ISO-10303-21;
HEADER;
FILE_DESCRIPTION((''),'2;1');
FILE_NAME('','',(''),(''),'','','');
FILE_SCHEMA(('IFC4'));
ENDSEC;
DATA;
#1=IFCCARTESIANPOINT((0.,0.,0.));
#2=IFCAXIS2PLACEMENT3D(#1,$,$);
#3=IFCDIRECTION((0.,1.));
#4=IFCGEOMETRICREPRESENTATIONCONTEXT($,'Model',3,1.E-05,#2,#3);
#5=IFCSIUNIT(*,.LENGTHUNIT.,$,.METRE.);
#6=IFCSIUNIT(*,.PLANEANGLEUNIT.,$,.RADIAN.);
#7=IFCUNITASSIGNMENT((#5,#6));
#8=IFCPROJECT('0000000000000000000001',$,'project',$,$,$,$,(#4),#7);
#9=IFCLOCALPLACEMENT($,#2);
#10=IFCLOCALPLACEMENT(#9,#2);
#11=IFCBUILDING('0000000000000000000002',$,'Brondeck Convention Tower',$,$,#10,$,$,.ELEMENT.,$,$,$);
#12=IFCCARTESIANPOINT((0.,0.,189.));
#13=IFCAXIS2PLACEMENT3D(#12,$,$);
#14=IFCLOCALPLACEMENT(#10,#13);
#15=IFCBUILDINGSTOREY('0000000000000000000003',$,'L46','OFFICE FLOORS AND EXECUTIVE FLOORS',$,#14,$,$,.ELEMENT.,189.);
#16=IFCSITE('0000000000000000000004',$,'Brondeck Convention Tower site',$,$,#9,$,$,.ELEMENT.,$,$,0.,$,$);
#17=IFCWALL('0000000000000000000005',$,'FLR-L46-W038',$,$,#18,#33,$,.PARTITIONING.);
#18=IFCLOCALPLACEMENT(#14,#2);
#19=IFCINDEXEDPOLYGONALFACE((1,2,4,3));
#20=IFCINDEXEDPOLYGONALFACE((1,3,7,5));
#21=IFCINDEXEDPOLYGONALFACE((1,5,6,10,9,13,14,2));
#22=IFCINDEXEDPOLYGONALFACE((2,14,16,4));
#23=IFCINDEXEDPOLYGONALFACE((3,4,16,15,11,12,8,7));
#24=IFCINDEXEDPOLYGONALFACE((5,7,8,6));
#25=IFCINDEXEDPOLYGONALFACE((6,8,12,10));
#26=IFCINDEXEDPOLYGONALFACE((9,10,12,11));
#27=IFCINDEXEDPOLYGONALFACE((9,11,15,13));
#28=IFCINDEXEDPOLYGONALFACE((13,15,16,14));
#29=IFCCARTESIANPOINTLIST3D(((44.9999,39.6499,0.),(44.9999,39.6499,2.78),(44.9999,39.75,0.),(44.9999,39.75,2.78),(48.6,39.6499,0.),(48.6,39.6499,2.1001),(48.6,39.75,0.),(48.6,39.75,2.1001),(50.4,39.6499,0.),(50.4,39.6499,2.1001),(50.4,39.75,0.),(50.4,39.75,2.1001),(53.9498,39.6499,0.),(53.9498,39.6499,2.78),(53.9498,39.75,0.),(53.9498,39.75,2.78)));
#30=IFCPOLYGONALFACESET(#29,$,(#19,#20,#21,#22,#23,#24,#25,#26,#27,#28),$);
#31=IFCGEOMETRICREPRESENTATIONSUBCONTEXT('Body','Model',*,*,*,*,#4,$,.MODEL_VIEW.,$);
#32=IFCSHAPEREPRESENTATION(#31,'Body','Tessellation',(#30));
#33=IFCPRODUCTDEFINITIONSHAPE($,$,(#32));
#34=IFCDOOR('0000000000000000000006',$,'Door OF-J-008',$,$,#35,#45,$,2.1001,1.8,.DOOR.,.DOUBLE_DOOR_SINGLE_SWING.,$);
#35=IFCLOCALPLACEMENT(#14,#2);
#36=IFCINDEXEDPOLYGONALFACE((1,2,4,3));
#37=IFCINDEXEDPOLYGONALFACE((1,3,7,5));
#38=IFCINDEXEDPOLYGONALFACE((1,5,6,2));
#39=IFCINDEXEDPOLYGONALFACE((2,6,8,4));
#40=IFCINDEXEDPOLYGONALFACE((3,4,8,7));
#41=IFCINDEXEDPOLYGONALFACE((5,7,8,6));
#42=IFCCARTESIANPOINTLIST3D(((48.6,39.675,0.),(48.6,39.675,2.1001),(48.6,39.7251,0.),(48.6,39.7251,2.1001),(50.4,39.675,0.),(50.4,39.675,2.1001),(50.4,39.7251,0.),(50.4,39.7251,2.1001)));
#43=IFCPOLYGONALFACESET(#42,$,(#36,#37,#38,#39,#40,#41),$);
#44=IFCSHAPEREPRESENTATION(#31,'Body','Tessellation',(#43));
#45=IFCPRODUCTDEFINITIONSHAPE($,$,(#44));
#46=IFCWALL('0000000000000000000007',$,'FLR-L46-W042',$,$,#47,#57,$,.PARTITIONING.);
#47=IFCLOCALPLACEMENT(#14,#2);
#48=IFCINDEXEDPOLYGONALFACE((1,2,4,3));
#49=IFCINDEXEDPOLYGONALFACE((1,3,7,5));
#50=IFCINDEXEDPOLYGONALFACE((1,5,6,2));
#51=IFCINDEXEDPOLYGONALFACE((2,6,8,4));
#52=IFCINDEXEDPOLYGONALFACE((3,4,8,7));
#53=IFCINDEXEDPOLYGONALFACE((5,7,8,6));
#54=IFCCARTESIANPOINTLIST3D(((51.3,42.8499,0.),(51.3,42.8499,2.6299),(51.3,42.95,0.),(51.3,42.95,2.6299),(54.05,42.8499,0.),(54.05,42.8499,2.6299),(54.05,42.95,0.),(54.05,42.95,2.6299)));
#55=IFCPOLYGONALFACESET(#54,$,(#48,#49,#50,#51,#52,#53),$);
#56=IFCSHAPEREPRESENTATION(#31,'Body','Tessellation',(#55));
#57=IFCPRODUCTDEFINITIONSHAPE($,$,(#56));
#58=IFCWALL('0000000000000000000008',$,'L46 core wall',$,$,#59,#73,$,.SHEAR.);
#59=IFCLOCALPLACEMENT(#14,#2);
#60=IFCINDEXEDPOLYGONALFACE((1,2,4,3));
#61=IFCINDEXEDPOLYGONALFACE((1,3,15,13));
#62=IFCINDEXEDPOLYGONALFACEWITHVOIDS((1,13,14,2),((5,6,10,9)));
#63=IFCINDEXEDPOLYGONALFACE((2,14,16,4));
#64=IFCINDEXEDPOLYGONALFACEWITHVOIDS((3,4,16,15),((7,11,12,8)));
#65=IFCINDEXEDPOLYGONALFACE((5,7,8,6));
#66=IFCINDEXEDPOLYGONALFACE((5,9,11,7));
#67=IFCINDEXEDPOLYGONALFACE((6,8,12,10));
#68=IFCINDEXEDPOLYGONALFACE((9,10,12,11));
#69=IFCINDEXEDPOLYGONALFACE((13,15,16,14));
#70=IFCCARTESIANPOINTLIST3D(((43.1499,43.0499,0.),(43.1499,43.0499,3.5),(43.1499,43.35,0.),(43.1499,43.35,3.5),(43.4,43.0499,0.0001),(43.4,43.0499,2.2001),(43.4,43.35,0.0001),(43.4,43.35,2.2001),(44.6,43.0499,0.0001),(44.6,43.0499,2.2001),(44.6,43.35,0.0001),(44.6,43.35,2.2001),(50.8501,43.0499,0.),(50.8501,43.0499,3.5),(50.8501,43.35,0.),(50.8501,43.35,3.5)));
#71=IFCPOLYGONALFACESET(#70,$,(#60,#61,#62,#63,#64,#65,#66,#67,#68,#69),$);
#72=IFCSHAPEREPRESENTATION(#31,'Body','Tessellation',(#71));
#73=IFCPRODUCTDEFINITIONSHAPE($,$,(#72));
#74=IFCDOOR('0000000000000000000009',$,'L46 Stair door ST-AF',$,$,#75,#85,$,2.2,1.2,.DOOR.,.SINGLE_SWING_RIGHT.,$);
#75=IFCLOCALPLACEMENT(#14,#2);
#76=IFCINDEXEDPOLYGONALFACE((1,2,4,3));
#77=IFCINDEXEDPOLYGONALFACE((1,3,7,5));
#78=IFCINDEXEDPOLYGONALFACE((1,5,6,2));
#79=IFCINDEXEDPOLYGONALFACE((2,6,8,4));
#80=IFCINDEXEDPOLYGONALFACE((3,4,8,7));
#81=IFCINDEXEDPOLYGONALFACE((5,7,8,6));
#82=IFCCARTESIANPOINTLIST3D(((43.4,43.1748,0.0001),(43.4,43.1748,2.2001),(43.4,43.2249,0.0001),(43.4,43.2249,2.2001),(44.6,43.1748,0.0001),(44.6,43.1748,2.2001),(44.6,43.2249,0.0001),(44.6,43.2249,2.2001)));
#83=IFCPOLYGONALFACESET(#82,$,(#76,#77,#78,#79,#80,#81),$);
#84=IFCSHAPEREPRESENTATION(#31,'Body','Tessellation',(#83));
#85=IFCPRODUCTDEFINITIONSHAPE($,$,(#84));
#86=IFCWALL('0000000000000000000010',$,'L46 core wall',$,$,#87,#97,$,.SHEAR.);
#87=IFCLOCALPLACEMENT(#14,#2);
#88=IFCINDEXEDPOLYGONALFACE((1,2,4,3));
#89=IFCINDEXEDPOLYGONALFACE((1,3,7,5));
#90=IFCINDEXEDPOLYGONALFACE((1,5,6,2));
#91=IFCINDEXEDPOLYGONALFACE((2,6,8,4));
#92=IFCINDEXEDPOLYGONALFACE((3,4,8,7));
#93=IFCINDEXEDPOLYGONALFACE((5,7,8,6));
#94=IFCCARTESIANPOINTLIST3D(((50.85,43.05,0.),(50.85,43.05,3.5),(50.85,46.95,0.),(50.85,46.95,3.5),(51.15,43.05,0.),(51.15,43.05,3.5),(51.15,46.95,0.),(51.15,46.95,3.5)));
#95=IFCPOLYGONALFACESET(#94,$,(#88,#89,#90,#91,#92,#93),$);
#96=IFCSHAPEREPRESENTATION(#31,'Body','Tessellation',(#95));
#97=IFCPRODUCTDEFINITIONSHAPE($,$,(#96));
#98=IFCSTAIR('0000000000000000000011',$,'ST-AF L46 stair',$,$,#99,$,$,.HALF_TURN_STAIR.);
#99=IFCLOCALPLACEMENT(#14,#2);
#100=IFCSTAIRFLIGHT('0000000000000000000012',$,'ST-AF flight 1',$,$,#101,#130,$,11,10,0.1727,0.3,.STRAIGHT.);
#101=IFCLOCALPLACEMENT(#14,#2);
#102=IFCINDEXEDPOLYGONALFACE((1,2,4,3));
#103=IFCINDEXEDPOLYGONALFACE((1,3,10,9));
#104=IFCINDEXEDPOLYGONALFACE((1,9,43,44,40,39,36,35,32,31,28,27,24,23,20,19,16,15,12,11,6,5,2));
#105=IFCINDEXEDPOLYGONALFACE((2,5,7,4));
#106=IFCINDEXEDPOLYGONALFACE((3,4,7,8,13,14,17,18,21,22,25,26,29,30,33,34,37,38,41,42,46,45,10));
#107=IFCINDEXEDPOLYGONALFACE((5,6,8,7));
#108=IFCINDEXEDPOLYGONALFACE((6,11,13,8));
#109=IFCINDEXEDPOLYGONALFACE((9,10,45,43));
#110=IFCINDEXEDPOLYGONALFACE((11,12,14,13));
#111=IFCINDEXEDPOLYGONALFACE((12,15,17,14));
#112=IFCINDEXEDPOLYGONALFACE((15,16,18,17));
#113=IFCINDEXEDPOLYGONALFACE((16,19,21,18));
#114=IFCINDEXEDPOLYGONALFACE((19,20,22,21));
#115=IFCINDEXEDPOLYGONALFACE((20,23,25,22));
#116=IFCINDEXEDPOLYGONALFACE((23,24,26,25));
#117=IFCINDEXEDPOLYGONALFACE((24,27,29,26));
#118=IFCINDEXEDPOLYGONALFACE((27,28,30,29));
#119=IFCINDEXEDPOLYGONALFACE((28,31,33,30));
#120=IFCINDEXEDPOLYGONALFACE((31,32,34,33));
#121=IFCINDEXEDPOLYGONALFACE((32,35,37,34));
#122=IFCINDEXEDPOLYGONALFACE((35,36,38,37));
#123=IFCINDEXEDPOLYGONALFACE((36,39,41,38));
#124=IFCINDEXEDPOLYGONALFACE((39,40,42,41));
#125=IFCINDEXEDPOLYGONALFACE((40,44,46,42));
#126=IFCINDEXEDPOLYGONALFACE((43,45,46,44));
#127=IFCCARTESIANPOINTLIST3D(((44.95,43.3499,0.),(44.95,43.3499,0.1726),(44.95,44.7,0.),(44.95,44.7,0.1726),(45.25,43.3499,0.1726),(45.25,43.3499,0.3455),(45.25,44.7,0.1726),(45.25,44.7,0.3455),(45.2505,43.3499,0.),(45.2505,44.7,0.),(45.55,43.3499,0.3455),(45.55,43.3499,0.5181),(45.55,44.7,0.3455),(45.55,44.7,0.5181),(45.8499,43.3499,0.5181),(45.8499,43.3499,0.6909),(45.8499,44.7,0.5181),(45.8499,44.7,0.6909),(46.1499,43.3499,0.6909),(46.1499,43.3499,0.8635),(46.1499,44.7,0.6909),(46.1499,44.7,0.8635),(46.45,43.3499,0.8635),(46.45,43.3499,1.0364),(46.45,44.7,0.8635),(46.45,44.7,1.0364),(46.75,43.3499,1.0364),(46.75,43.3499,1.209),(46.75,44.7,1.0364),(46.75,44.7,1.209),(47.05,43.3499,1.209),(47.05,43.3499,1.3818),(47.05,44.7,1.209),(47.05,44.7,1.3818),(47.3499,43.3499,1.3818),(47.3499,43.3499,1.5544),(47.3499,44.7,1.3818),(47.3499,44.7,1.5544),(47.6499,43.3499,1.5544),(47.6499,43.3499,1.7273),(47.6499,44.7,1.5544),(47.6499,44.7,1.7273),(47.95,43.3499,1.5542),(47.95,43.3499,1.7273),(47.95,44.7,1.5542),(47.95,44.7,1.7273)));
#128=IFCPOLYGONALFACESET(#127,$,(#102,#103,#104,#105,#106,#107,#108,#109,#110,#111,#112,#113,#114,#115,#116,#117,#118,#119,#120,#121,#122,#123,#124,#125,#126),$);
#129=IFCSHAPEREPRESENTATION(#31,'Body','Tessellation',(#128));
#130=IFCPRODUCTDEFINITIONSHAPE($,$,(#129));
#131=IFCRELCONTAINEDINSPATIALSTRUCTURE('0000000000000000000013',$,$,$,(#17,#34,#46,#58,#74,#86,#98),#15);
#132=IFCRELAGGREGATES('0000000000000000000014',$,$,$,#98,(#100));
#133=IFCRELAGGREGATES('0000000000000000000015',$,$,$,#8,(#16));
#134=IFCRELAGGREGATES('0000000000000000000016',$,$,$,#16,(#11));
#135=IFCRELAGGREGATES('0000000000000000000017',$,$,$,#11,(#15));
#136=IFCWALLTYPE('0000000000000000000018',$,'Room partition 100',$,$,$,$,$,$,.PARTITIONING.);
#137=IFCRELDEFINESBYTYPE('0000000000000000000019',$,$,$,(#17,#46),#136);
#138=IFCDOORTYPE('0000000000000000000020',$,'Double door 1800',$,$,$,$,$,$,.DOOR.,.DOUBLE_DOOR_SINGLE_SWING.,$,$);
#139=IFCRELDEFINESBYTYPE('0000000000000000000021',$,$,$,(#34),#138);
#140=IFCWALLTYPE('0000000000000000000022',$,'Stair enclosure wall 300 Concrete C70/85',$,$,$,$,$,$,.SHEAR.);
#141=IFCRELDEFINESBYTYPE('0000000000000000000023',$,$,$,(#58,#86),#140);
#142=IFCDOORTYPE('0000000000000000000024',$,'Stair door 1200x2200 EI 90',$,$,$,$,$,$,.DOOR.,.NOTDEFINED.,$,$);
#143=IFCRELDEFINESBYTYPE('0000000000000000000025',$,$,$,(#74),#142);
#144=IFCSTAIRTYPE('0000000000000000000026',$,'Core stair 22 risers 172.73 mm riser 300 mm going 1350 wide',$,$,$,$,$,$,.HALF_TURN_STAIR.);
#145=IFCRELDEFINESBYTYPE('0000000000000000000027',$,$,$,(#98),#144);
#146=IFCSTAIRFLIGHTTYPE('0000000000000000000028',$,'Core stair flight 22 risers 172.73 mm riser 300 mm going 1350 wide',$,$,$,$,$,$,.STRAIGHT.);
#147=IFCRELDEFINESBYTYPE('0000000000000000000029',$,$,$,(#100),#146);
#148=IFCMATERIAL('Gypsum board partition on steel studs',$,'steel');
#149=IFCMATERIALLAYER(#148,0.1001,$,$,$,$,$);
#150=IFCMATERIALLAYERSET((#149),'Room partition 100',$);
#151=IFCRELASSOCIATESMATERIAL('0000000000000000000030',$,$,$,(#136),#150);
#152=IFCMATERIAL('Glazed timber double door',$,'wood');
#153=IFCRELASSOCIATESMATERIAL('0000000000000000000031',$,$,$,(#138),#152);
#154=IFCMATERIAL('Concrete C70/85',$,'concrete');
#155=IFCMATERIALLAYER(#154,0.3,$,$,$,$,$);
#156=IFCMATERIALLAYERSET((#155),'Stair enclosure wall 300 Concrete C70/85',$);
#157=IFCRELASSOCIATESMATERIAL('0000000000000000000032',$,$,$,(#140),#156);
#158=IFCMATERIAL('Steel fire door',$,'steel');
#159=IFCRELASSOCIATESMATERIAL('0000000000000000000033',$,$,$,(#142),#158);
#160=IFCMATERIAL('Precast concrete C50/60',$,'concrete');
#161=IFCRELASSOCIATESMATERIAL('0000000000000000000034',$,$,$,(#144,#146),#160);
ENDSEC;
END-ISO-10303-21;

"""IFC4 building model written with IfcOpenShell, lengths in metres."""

from ifc_helpers import new_model, si_unit, direction, frame, frame_2d, origin, place, context, subcontext, project, spatial, polyline, rectangle, outline, extrude, material, layer, layer_set, type_object, element, fill, aggregate, save


model = new_model("IFC4")

# Units and contexts
model_context = context("Model", 3, precision=1e-05, world=origin(), true_north=direction((0.0, 1.0)))
body_context = subcontext(model_context, "Body", "Model", "MODEL_VIEW")
ifc_project = project(units=[si_unit("LENGTHUNIT", "METRE"), si_unit("PLANEANGLEUNIT", "RADIAN")], contexts=[model_context])

# Site, building, storey
site_placement = place(None, origin())
site = spatial("IfcSite", under=ifc_project, at=site_placement, Name="Brondeck Convention Tower site", CompositionType="ELEMENT", RefElevation=0.0)
building_placement = place(site_placement, origin())
building = spatial("IfcBuilding", under=site, at=building_placement, Name="Brondeck Convention Tower", CompositionType="ELEMENT")
storey_placement = place(building_placement, frame((0.0, 0.0, 189.0)))
storey = spatial("IfcBuildingStorey", under=building, at=storey_placement, Name="L46", Description="OFFICE FLOORS AND EXECUTIVE FLOORS", CompositionType="ELEMENT", Elevation=189.0)

# Shared definitions
ifc_material_1 = material(Name="Concrete C70/85", Category="concrete")

# Shared definitions
ifc_material_2 = material(Name="Gypsum board partition on steel studs", Category="steel")
ifc_layer_1 = layer(ifc_material_2, 0.1001)
ifc_layer_set_1 = layer_set([ifc_layer_1], Name="Room partition 100")
wall_type_1 = type_object("IfcWallType", Name="Room partition 100", PredefinedType="PARTITIONING", material=ifc_layer_set_1)

# Wall, opening, door
wall_1_placement = place(storey_placement, frame((53.95, 39.7, 0.0), z_axis=(0.0, 0.0, 1.0), x_axis=(-1.0, 0.0, 0.0)))
wall_1 = element("IfcWall", 1, at=wall_1_placement, inside=storey, type_object=wall_type_1, Name="FLR-L46-W038", PredefinedType="PARTITIONING", context=body_context, shape_type="SweptSolid", body=[
    extrude(rectangle(XDim=8.95, YDim=0.1001, at=frame_2d((4.4751, 0.0))), origin(), (0.0, 0.0, 1.0), 2.78),
])
opening_1_placement = place(wall_1_placement, frame((3.55, 0.0, 0.0)))
opening_1 = element("IfcOpeningElement", 2, at=opening_1_placement, cuts=wall_1, PredefinedType="OPENING", context=body_context, shape_type="SweptSolid", body=[
    extrude(rectangle(XDim=1.8, YDim=2.1001, at=frame_2d((0.8999, 1.05))), frame((0.0, 0.0601, 0.0), z_axis=(0.0, -1.0, 0.0), x_axis=(1.0, 0.0, 0.0)), (0.0, 0.0, 1.0), 0.1201),
])
ifc_material_3 = material(Name="Glazed timber double door", Category="wood")
door_type_1 = type_object("IfcDoorType", Name="Double door 1800", OperationType="DOUBLE_DOOR_SINGLE_SWING", PredefinedType="DOOR", material=ifc_material_3)
door_1_placement = place(opening_1_placement, origin())
door_1 = element("IfcDoor", 3, at=door_1_placement, inside=storey, type_object=door_type_1, Name="Door OF-J-008", OperationType="DOUBLE_DOOR_SINGLE_SWING", OverallHeight=2.1001, OverallWidth=1.8, PredefinedType="DOOR", context=body_context, shape_type="SweptSolid", body=[
    extrude(rectangle(XDim=1.8, YDim=2.1001, at=frame_2d((0.8999, 1.05))), frame((0.0, 0.0249, 0.0), z_axis=(0.0, -1.0, 0.0), x_axis=(1.0, 0.0, 0.0)), (0.0, 0.0, 1.0), 0.05),
])
fill(opening_1, door_1)

# Wall
wall_2_placement = place(storey_placement, frame((51.3, 42.8999, 0.0), z_axis=(0.0, 0.0, 1.0), x_axis=(1.0, 0.0, 0.0)))
element("IfcWall", 4, at=wall_2_placement, inside=storey, type_object=wall_type_1, Name="FLR-L46-W042", PredefinedType="PARTITIONING", context=body_context, shape_type="SweptSolid", body=[
    extrude(rectangle(XDim=2.75, YDim=0.1001, at=frame_2d((1.375, 0.0))), origin(), (0.0, 0.0, 1.0), 2.6299),
])

# Wall, opening, door
ifc_layer_2 = layer(ifc_material_1, 0.3)
ifc_layer_set_2 = layer_set([ifc_layer_2], Name="Stair enclosure wall 300 Concrete C70/85")
wall_type_2 = type_object("IfcWallType", Name="Stair enclosure wall 300 Concrete C70/85", PredefinedType="SHEAR", material=ifc_layer_set_2)
wall_3_placement = place(storey_placement, frame((43.1499, 43.2, 0.0), z_axis=(0.0, 0.0, 1.0), x_axis=(1.0, 0.0, 0.0)))
wall_3 = element("IfcWall", 5, at=wall_3_placement, inside=storey, type_object=wall_type_2, Name="L46 core wall", PredefinedType="SHEAR", context=body_context, shape_type="SweptSolid", body=[
    extrude(rectangle(XDim=7.7002, YDim=0.3, at=frame_2d((3.8501, 0.0))), origin(), (0.0, 0.0, 1.0), 3.5),
])
opening_2_placement = place(wall_3_placement, frame((0.25, 0.0, 0.0)))
opening_2 = element("IfcOpeningElement", 6, at=opening_2_placement, cuts=wall_3, PredefinedType="OPENING", context=body_context, shape_type="SweptSolid", body=[
    extrude(rectangle(XDim=1.2, YDim=2.2, at=frame_2d((0.6001, 1.1001))), frame((0.0, 0.1599, 0.0), z_axis=(0.0, -1.0, 0.0), x_axis=(1.0, 0.0, 0.0)), (0.0, 0.0, 1.0), 0.3201),
])
ifc_material_4 = material(Name="Steel fire door", Category="steel")
door_type_2 = type_object("IfcDoorType", Name="Stair door 1200x2200 EI 90", OperationType="NOTDEFINED", PredefinedType="DOOR", material=ifc_material_4)
door_2_placement = place(opening_2_placement, origin())
door_2 = element("IfcDoor", 7, at=door_2_placement, inside=storey, type_object=door_type_2, Name="L46 Stair door ST-AF", OperationType="SINGLE_SWING_RIGHT", OverallHeight=2.2, OverallWidth=1.2, PredefinedType="DOOR", context=body_context, shape_type="SweptSolid", body=[
    extrude(rectangle(XDim=1.2, YDim=2.2, at=frame_2d((0.6001, 1.1001))), frame((0.0, 0.0249, 0.0), z_axis=(0.0, -1.0, 0.0), x_axis=(1.0, 0.0, 0.0)), (0.0, 0.0, 1.0), 0.05),
])
fill(opening_2, door_2)

# Wall
wall_4_placement = place(storey_placement, frame((51.0, 43.05, 0.0), z_axis=(0.0, 0.0, 1.0), x_axis=(0.0, 1.0, 0.0)))
element("IfcWall", 8, at=wall_4_placement, inside=storey, type_object=wall_type_2, Name="L46 core wall", PredefinedType="SHEAR", context=body_context, shape_type="SweptSolid", body=[
    extrude(rectangle(XDim=3.8999, YDim=0.3, at=frame_2d((1.95, 0.0))), origin(), (0.0, 0.0, 1.0), 3.5),
])

# Stair, stair flight
ifc_material_5 = material(Name="Precast concrete C50/60", Category="concrete")
stair_type = type_object("IfcStairType", Name="Core stair 22 risers 172.73 mm riser 300 mm going 1350 wide", PredefinedType="HALF_TURN_STAIR", material=ifc_material_5)
stair_placement = place(storey_placement, origin())
stair = element("IfcStair", 9, at=stair_placement, inside=storey, type_object=stair_type, Name="ST-AF L46 stair", PredefinedType="HALF_TURN_STAIR")
stair_flight_type = type_object("IfcStairFlightType", Name="Core stair flight 22 risers 172.73 mm riser 300 mm going 1350 wide", PredefinedType="STRAIGHT", material=ifc_material_5)
stair_flight_placement = place(storey_placement, frame((44.95, 44.0249, 0.0), z_axis=(0.0, 0.0, 1.0), x_axis=(1.0, 0.0, 0.0)))
stair_flight = element("IfcStairFlight", 10, at=stair_flight_placement, type_object=stair_flight_type, Name="ST-AF flight 1", NumberOfRisers=11, NumberOfTreads=10, PredefinedType="STRAIGHT", RiserHeight=0.1727, TreadLength=0.3, context=body_context, shape_type="SweptSolid", body=[
    extrude(outline(polyline([(0.0, 0.0), (0.0, 0.1726), (0.3, 0.1726), (0.3, 0.3455), (0.6001, 0.3455), (0.6001, 0.5181), (0.8999, 0.5181), (0.8999, 0.6909), (1.2, 0.6909), (1.2, 0.8635), (1.5, 0.8635), (1.5, 1.0364), (1.8, 1.0364), (1.8, 1.209), (2.1001, 1.209), (2.1001, 1.3818), (2.3999, 1.3818), (2.3999, 1.5544), (2.7, 1.5544), (2.7, 1.7273), (3.0, 1.7273), (3.0, 1.8999), (3.0, 1.5542), (0.3005, 0.0), (0.0, 0.0)])), frame((0.0, 0.675, 0.0), z_axis=(0.0, -1.0, 0.0), x_axis=(1.0, 0.0, 0.0)), (0.0, 0.0, 1.0), 1.3501),
])
aggregate(stair, [stair_flight])

save(model, "model.ifc")
